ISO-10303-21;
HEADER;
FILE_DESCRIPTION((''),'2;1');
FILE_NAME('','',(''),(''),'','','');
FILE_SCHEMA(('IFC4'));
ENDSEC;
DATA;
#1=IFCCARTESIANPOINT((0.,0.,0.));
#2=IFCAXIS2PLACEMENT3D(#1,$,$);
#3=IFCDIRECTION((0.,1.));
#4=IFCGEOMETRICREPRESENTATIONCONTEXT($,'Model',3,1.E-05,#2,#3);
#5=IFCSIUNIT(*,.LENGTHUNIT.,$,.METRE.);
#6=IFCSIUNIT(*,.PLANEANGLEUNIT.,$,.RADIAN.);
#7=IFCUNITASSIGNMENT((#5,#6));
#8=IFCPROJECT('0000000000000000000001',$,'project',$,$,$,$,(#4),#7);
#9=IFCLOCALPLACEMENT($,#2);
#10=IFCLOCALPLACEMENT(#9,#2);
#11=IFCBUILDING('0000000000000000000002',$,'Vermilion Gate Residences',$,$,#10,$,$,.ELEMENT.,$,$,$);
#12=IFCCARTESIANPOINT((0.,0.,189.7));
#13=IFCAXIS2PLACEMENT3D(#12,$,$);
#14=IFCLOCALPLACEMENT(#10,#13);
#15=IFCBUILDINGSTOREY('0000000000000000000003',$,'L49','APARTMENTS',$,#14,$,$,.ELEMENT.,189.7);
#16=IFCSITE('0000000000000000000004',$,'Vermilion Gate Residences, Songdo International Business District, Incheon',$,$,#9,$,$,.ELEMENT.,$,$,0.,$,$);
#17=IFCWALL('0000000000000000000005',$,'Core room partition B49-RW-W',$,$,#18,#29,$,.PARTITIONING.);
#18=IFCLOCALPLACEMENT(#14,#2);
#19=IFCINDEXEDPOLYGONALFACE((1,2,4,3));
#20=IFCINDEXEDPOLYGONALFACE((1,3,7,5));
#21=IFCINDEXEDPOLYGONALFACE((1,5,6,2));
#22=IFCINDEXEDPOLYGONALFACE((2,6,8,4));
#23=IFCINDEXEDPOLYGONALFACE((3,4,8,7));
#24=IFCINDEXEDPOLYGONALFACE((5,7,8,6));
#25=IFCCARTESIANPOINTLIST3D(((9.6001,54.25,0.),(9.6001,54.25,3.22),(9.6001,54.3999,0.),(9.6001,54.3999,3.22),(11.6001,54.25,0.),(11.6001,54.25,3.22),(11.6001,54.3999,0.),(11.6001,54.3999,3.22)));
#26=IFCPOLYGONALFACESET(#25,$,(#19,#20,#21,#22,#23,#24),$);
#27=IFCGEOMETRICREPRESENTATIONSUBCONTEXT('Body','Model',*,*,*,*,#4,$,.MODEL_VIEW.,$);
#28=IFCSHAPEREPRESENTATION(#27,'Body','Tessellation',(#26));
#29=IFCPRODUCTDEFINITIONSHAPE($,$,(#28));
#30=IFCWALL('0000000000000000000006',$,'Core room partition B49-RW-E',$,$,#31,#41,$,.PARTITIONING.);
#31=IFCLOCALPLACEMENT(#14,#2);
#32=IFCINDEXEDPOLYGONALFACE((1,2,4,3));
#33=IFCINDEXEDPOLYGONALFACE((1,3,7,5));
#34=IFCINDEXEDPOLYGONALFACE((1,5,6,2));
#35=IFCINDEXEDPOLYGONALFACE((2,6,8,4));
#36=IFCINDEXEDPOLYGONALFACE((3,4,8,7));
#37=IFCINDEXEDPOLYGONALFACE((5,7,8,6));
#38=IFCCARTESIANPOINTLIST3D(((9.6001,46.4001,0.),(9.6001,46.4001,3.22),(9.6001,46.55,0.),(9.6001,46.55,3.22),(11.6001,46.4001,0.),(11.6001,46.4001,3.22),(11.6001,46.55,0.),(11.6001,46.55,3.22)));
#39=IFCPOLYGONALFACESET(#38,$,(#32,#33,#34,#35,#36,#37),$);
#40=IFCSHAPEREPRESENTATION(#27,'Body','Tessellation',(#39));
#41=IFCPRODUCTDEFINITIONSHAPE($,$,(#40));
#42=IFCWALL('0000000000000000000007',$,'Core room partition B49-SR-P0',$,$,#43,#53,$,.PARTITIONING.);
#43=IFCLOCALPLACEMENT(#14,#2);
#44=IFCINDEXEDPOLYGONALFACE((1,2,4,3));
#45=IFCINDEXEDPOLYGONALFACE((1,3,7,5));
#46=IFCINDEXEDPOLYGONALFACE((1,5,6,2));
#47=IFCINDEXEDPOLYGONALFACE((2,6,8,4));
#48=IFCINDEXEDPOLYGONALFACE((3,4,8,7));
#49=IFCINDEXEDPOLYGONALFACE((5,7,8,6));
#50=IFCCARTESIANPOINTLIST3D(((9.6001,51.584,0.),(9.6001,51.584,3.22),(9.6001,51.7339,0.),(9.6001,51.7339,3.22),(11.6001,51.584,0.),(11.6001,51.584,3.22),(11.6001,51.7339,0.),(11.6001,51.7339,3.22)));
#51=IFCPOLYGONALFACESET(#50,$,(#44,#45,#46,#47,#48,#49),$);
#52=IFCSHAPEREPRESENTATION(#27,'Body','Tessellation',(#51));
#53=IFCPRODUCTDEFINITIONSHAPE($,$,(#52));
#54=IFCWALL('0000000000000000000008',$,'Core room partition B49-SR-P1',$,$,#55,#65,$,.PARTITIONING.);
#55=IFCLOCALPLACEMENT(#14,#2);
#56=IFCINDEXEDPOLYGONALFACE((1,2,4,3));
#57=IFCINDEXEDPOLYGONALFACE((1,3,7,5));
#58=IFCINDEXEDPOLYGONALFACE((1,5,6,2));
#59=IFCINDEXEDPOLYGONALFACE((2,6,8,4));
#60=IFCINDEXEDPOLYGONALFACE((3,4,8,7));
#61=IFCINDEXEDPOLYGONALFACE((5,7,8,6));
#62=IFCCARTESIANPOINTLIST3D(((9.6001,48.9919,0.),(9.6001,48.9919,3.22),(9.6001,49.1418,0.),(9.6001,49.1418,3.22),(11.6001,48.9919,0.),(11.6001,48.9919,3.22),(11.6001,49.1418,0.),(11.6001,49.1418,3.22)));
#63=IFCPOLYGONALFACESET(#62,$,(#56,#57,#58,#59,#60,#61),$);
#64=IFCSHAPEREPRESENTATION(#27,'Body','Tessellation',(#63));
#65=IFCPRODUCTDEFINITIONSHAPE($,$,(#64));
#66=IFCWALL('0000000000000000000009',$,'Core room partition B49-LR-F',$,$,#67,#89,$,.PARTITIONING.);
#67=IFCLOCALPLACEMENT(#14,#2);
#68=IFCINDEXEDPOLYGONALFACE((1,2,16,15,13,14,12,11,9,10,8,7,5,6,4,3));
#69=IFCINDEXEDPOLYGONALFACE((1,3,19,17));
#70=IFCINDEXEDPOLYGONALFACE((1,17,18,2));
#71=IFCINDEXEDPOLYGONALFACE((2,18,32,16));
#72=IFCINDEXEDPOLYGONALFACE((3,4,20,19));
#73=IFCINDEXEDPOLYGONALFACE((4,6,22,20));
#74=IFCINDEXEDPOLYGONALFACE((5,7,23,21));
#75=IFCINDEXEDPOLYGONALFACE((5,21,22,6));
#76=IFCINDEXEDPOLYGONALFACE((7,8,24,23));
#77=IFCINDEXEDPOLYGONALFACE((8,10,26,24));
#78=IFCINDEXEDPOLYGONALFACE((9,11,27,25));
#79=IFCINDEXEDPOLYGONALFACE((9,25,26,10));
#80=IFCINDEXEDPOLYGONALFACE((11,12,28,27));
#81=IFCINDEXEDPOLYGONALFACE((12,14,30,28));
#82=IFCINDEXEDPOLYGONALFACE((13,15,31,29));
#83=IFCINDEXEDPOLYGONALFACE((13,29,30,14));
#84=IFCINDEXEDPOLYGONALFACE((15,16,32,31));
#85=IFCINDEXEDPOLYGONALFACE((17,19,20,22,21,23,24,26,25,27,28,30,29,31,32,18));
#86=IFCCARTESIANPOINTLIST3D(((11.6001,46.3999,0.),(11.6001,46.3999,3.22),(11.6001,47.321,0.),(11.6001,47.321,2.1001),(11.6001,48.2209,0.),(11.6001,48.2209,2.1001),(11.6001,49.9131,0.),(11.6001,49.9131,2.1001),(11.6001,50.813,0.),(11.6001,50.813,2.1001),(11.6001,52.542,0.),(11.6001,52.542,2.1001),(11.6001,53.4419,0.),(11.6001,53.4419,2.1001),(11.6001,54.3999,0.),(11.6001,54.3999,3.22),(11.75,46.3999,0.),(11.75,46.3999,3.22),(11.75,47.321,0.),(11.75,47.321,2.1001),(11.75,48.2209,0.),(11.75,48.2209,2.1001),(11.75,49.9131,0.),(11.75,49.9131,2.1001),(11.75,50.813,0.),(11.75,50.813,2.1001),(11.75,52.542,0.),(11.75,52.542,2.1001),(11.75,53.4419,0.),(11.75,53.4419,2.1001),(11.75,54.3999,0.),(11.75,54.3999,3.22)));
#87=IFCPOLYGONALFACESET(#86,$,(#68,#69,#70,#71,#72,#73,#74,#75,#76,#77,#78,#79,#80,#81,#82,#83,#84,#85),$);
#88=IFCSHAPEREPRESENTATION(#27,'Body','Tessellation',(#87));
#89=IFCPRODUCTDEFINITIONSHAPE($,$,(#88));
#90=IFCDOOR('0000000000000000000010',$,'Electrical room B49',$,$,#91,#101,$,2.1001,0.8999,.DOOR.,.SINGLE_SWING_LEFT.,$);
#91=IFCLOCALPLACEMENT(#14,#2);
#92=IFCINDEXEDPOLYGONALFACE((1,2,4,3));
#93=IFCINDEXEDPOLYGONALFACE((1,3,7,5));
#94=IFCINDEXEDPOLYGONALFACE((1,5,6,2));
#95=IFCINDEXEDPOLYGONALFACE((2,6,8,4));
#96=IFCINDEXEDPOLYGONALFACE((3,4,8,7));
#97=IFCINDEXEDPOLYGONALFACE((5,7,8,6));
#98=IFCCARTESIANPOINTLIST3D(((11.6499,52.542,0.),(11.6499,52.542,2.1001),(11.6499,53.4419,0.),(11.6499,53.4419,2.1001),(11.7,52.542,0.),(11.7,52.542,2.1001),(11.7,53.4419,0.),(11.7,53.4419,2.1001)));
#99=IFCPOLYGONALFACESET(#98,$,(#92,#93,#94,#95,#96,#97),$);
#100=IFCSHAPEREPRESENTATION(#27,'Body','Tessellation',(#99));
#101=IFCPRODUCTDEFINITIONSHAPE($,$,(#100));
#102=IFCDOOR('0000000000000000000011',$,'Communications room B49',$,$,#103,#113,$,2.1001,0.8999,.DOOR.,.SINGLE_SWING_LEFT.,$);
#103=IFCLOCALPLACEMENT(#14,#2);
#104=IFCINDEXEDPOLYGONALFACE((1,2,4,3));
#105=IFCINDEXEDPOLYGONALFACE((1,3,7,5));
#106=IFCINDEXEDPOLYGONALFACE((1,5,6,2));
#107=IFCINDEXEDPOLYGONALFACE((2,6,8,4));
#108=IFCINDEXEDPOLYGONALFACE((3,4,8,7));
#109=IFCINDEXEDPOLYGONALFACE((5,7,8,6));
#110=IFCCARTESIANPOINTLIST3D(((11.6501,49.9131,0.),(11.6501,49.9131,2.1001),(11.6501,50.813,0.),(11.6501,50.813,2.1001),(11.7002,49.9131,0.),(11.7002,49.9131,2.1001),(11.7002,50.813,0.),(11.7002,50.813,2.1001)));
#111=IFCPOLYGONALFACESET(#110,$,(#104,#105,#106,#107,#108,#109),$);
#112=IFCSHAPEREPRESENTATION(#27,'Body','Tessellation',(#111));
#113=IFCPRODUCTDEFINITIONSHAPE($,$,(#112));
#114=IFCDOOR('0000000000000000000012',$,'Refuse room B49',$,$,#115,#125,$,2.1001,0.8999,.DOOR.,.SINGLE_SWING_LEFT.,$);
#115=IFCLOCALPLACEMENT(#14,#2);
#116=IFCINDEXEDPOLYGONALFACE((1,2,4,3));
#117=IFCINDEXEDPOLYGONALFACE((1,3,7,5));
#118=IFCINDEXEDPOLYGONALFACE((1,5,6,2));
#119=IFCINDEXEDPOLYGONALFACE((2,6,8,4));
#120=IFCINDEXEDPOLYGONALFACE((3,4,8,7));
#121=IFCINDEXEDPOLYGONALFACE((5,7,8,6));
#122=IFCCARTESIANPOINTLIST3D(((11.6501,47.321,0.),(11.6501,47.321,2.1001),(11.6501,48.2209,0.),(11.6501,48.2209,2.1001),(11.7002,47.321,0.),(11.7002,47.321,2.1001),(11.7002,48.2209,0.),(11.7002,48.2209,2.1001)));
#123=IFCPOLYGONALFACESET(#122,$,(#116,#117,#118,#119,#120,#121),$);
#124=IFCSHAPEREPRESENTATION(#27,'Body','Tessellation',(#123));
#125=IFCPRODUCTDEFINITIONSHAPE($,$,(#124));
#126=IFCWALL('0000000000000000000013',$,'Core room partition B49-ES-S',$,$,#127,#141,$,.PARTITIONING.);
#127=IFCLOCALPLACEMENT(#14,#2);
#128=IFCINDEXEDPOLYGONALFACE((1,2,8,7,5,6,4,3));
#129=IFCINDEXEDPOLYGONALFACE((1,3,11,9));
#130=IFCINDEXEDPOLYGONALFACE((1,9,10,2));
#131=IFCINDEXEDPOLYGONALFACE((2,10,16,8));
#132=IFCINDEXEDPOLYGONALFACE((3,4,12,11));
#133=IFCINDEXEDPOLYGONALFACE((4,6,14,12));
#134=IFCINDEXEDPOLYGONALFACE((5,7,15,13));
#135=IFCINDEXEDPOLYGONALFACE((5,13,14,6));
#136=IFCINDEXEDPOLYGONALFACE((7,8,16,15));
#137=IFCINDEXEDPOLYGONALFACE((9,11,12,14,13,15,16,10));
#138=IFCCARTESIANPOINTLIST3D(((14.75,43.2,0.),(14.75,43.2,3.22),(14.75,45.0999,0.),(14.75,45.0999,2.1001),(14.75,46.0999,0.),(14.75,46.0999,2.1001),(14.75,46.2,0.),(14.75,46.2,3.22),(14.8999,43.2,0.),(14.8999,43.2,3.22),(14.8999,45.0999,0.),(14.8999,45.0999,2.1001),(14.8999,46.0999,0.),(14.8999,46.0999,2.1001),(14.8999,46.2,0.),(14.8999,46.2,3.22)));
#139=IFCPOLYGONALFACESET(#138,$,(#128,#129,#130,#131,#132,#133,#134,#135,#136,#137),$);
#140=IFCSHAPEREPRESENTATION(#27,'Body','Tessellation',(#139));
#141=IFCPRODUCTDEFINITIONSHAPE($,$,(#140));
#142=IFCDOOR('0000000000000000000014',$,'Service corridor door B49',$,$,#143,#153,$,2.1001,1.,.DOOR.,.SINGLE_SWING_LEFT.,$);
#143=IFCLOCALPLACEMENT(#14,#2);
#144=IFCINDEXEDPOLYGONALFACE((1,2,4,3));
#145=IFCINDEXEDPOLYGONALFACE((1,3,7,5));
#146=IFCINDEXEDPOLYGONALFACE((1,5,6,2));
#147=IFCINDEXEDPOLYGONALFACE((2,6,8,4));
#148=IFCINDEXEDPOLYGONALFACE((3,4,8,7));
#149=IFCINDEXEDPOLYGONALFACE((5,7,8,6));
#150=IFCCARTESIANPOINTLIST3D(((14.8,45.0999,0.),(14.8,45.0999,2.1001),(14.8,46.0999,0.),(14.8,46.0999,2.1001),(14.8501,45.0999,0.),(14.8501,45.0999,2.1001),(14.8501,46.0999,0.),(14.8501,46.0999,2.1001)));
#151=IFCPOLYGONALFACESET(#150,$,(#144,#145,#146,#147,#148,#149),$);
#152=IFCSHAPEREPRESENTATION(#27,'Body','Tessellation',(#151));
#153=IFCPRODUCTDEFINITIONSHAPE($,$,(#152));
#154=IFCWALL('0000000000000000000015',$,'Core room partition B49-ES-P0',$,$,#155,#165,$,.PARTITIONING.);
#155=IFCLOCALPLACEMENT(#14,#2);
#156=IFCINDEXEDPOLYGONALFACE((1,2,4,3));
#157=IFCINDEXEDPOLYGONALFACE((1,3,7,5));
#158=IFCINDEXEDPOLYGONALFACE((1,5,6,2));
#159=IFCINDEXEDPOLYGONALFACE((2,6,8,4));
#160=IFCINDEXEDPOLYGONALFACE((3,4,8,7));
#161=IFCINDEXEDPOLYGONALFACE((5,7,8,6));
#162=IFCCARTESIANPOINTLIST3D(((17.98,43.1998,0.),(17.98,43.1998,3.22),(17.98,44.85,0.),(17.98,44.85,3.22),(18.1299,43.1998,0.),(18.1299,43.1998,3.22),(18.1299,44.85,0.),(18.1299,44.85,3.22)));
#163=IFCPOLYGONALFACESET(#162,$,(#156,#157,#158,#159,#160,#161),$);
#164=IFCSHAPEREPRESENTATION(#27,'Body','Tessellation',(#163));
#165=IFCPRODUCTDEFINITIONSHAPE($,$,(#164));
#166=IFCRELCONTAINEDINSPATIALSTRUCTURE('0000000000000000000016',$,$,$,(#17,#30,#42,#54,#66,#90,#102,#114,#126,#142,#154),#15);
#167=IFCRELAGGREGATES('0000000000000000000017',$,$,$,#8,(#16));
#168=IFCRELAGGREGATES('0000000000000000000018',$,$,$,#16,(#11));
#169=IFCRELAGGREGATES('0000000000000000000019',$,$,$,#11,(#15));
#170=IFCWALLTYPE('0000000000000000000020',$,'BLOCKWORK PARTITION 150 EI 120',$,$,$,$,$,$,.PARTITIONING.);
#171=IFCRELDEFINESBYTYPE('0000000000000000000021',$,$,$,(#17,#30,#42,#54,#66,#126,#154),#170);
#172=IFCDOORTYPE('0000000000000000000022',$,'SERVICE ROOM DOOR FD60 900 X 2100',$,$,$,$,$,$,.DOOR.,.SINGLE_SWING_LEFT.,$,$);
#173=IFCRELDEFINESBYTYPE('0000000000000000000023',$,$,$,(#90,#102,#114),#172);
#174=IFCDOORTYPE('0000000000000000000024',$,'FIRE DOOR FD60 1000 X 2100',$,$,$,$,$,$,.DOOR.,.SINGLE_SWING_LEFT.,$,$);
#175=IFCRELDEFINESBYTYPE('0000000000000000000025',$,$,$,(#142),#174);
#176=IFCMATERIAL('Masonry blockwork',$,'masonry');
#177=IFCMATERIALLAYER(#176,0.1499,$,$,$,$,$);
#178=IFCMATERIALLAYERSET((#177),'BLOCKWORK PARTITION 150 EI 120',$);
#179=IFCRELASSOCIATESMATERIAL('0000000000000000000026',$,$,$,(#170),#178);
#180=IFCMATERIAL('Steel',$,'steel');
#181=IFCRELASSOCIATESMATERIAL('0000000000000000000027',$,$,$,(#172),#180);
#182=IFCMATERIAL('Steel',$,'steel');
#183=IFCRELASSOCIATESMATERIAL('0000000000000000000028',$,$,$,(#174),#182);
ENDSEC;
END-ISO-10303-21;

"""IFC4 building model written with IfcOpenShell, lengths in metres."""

from ifc_helpers import new_model, si_unit, direction, frame, frame_2d, origin, place, context, subcontext, project, spatial, rectangle, extrude, material, layer, layer_set, type_object, element, fill, save


model = new_model("IFC4")

# Units and contexts
model_context = context("Model", 3, precision=1e-05, world=origin(), true_north=direction((0.0, 1.0)))
body_context = subcontext(model_context, "Body", "Model", "MODEL_VIEW")
ifc_project = project(units=[si_unit("LENGTHUNIT", "METRE"), si_unit("PLANEANGLEUNIT", "RADIAN")], contexts=[model_context])

# Site, building, storey
site_placement = place(None, origin())
site = spatial("IfcSite", under=ifc_project, at=site_placement, Name="Vermilion Gate Residences, Songdo International Business District, Incheon", CompositionType="ELEMENT", RefElevation=0.0)
building_placement = place(site_placement, origin())
building = spatial("IfcBuilding", under=site, at=building_placement, Name="Vermilion Gate Residences", CompositionType="ELEMENT")
storey_placement = place(building_placement, frame((0.0, 0.0, 189.7)))
storey = spatial("IfcBuildingStorey", under=building, at=storey_placement, Name="L49", Description="APARTMENTS", CompositionType="ELEMENT", Elevation=189.7)

# Walls
ifc_material_1 = material(Name="Masonry blockwork", Category="masonry")
ifc_layer_1 = layer(ifc_material_1, 0.1499)
ifc_layer_set_1 = layer_set([ifc_layer_1], Name="BLOCKWORK PARTITION 150 EI 120")
wall_type_1 = type_object("IfcWallType", Name="BLOCKWORK PARTITION 150 EI 120", PredefinedType="PARTITIONING", material=ifc_layer_set_1)
for number, where, z_axis, x_axis, name in (
    (1, (9.6001, 54.325, 0.0), (0.0, 0.0, 1.0), (1.0, 0.0, 0.0), "Core room partition B49-RW-W"),
    (2, (9.6001, 46.4751, 0.0), (0.0, 0.0, 1.0), (1.0, 0.0, 0.0), "Core room partition B49-RW-E"),
    (3, (9.6001, 51.6589, 0.0), (0.0, 0.0, 1.0), (1.0, 0.0, 0.0), "Core room partition B49-SR-P0"),
    (4, (9.6001, 49.0669, 0.0), (0.0, 0.0, 1.0), (1.0, 0.0, 0.0), "Core room partition B49-SR-P1"),
):
    element("IfcWall", number, at=place(storey_placement, frame(where, z_axis=z_axis, x_axis=x_axis)), inside=storey, type_object=wall_type_1, Name=name, PredefinedType="PARTITIONING", context=body_context, shape_type="SweptSolid", body=[
        extrude(rectangle(XDim=2.0, YDim=0.1499, at=frame_2d((1.0, 0.0))), origin(), (0.0, 0.0, 1.0), 3.22),
    ])

# Wall, openings, doors
wall_1_placement = place(storey_placement, frame((11.675, 54.3999, 0.0), z_axis=(0.0, 0.0, 1.0), x_axis=(0.0, -1.0, 0.0)))
wall_1 = element("IfcWall", 5, at=wall_1_placement, inside=storey, type_object=wall_type_1, Name="Core room partition B49-LR-F", PredefinedType="PARTITIONING", context=body_context, shape_type="SweptSolid", body=[
    extrude(rectangle(XDim=8.0, YDim=0.1499, at=frame_2d((4.0, 0.0))), origin(), (0.0, 0.0, 1.0), 3.22),
])
opening_1_placement = place(wall_1_placement, frame((0.958, 0.0, 0.0)))
opening_1 = element("IfcOpeningElement", 6, at=opening_1_placement, cuts=wall_1, PredefinedType="OPENING", context=body_context, shape_type="SweptSolid", body=[
    extrude(rectangle(XDim=0.8999, YDim=2.1001, at=frame_2d((0.45, 1.05))), frame((0.0, 0.085, 0.0), z_axis=(0.0, -1.0, 0.0), x_axis=(1.0, 0.0, 0.0)), (0.0, 0.0, 1.0), 0.1699),
])
opening_2_placement = place(wall_1_placement, frame((3.5869, 0.0, 0.0)))
opening_2 = element("IfcOpeningElement", 7, at=opening_2_placement, cuts=wall_1, PredefinedType="OPENING", context=body_context, shape_type="SweptSolid", body=[
    extrude(rectangle(XDim=0.8999, YDim=2.1001, at=frame_2d((0.45, 1.05))), frame((0.0, 0.085, 0.0), z_axis=(0.0, -1.0, 0.0), x_axis=(1.0, 0.0, 0.0)), (0.0, 0.0, 1.0), 0.1699),
])
opening_3_placement = place(wall_1_placement, frame((6.179, 0.0, 0.0)))
opening_3 = element("IfcOpeningElement", 8, at=opening_3_placement, cuts=wall_1, PredefinedType="OPENING", context=body_context, shape_type="SweptSolid", body=[
    extrude(rectangle(XDim=0.8999, YDim=2.1001, at=frame_2d((0.45, 1.05))), frame((0.0, 0.085, 0.0), z_axis=(0.0, -1.0, 0.0), x_axis=(1.0, 0.0, 0.0)), (0.0, 0.0, 1.0), 0.1699),
])
ifc_material_2 = material(Name="Steel", Category="steel")
door_type_1 = type_object("IfcDoorType", Name="SERVICE ROOM DOOR FD60 900 X 2100", OperationType="SINGLE_SWING_LEFT", PredefinedType="DOOR", material=ifc_material_2)
door_1_placement = place(opening_1_placement, origin())
door_1 = element("IfcDoor", 9, at=door_1_placement, inside=storey, type_object=door_type_1, Name="Electrical room B49", OperationType="SINGLE_SWING_LEFT", OverallHeight=2.1001, OverallWidth=0.8999, PredefinedType="DOOR", context=body_context, shape_type="SweptSolid", body=[
    extrude(rectangle(XDim=0.8999, YDim=2.1001, at=frame_2d((0.45, 1.05))), frame((0.0, 0.0249, 0.0), z_axis=(0.0, -1.0, 0.0), x_axis=(1.0, 0.0, 0.0)), (0.0, 0.0, 1.0), 0.05),
])
fill(opening_1, door_1)
door_2_placement = place(opening_2_placement, frame((0.8999, 0.0, 0.0), z_axis=(0.0, 0.0, 1.0), x_axis=(-1.0, 0.0, 0.0)))
door_2 = element("IfcDoor", 10, at=door_2_placement, inside=storey, type_object=door_type_1, Name="Communications room B49", OperationType="SINGLE_SWING_LEFT", OverallHeight=2.1001, OverallWidth=0.8999, PredefinedType="DOOR", context=body_context, shape_type="SweptSolid", body=[
    extrude(rectangle(XDim=0.8999, YDim=2.1001, at=frame_2d((0.45, 1.05))), frame((0.0, 0.0249, 0.0), z_axis=(0.0, -1.0, 0.0), x_axis=(1.0, 0.0, 0.0)), (0.0, 0.0, 1.0), 0.05),
])
fill(opening_2, door_2)
door_3_placement = place(opening_3_placement, frame((0.8999, 0.0, 0.0), z_axis=(0.0, 0.0, 1.0), x_axis=(-1.0, 0.0, 0.0)))
door_3 = element("IfcDoor", 11, at=door_3_placement, inside=storey, type_object=door_type_1, Name="Refuse room B49", OperationType="SINGLE_SWING_LEFT", OverallHeight=2.1001, OverallWidth=0.8999, PredefinedType="DOOR", context=body_context, shape_type="SweptSolid", body=[
    extrude(rectangle(XDim=0.8999, YDim=2.1001, at=frame_2d((0.45, 1.05))), frame((0.0, 0.0249, 0.0), z_axis=(0.0, -1.0, 0.0), x_axis=(1.0, 0.0, 0.0)), (0.0, 0.0, 1.0), 0.05),
])
fill(opening_3, door_3)

# Wall, opening, door
wall_2_placement = place(storey_placement, frame((14.825, 46.2, 0.0), z_axis=(0.0, 0.0, 1.0), x_axis=(0.0, -1.0, 0.0)))
wall_2 = element("IfcWall", 12, at=wall_2_placement, inside=storey, type_object=wall_type_1, Name="Core room partition B49-ES-S", PredefinedType="PARTITIONING", context=body_context, shape_type="SweptSolid", body=[
    extrude(rectangle(XDim=3.0, YDim=0.1499, at=frame_2d((1.5, 0.0))), origin(), (0.0, 0.0, 1.0), 3.22),
])
opening_4_placement = place(wall_2_placement, frame((0.1001, 0.0, 0.0)))
opening_4 = element("IfcOpeningElement", 13, at=opening_4_placement, cuts=wall_2, PredefinedType="OPENING", context=body_context, shape_type="SweptSolid", body=[
    extrude(rectangle(XDim=1.0, YDim=2.1001, at=frame_2d((0.5, 1.05))), frame((0.0, 0.085, 0.0), z_axis=(0.0, -1.0, 0.0), x_axis=(1.0, 0.0, 0.0)), (0.0, 0.0, 1.0), 0.1699),
])
ifc_material_3 = material(Name="Steel", Category="steel")
door_type_2 = type_object("IfcDoorType", Name="FIRE DOOR FD60 1000 X 2100", OperationType="SINGLE_SWING_LEFT", PredefinedType="DOOR", material=ifc_material_3)
door_4_placement = place(opening_4_placement, frame((1.0, 0.0, 0.0), z_axis=(0.0, 0.0, 1.0), x_axis=(-1.0, 0.0, 0.0)))
door_4 = element("IfcDoor", 14, at=door_4_placement, inside=storey, type_object=door_type_2, Name="Service corridor door B49", OperationType="SINGLE_SWING_LEFT", OverallHeight=2.1001, OverallWidth=1.0, PredefinedType="DOOR", context=body_context, shape_type="SweptSolid", body=[
    extrude(rectangle(XDim=1.0, YDim=2.1001, at=frame_2d((0.5, 1.05))), frame((0.0, 0.0249, 0.0), z_axis=(0.0, -1.0, 0.0), x_axis=(1.0, 0.0, 0.0)), (0.0, 0.0, 1.0), 0.05),
])
fill(opening_4, door_4)

# Wall
wall_3_placement = place(storey_placement, frame((18.0549, 44.8501, 0.0), z_axis=(0.0, 0.0, 1.0), x_axis=(0.0, -1.0, 0.0)))
element("IfcWall", 15, at=wall_3_placement, inside=storey, type_object=wall_type_1, Name="Core room partition B49-ES-P0", PredefinedType="PARTITIONING", context=body_context, shape_type="SweptSolid", body=[
    extrude(rectangle(XDim=1.6501, YDim=0.1499, at=frame_2d((0.8252, 0.0))), origin(), (0.0, 0.0, 1.0), 3.22),
])

save(model, "model.ifc")
